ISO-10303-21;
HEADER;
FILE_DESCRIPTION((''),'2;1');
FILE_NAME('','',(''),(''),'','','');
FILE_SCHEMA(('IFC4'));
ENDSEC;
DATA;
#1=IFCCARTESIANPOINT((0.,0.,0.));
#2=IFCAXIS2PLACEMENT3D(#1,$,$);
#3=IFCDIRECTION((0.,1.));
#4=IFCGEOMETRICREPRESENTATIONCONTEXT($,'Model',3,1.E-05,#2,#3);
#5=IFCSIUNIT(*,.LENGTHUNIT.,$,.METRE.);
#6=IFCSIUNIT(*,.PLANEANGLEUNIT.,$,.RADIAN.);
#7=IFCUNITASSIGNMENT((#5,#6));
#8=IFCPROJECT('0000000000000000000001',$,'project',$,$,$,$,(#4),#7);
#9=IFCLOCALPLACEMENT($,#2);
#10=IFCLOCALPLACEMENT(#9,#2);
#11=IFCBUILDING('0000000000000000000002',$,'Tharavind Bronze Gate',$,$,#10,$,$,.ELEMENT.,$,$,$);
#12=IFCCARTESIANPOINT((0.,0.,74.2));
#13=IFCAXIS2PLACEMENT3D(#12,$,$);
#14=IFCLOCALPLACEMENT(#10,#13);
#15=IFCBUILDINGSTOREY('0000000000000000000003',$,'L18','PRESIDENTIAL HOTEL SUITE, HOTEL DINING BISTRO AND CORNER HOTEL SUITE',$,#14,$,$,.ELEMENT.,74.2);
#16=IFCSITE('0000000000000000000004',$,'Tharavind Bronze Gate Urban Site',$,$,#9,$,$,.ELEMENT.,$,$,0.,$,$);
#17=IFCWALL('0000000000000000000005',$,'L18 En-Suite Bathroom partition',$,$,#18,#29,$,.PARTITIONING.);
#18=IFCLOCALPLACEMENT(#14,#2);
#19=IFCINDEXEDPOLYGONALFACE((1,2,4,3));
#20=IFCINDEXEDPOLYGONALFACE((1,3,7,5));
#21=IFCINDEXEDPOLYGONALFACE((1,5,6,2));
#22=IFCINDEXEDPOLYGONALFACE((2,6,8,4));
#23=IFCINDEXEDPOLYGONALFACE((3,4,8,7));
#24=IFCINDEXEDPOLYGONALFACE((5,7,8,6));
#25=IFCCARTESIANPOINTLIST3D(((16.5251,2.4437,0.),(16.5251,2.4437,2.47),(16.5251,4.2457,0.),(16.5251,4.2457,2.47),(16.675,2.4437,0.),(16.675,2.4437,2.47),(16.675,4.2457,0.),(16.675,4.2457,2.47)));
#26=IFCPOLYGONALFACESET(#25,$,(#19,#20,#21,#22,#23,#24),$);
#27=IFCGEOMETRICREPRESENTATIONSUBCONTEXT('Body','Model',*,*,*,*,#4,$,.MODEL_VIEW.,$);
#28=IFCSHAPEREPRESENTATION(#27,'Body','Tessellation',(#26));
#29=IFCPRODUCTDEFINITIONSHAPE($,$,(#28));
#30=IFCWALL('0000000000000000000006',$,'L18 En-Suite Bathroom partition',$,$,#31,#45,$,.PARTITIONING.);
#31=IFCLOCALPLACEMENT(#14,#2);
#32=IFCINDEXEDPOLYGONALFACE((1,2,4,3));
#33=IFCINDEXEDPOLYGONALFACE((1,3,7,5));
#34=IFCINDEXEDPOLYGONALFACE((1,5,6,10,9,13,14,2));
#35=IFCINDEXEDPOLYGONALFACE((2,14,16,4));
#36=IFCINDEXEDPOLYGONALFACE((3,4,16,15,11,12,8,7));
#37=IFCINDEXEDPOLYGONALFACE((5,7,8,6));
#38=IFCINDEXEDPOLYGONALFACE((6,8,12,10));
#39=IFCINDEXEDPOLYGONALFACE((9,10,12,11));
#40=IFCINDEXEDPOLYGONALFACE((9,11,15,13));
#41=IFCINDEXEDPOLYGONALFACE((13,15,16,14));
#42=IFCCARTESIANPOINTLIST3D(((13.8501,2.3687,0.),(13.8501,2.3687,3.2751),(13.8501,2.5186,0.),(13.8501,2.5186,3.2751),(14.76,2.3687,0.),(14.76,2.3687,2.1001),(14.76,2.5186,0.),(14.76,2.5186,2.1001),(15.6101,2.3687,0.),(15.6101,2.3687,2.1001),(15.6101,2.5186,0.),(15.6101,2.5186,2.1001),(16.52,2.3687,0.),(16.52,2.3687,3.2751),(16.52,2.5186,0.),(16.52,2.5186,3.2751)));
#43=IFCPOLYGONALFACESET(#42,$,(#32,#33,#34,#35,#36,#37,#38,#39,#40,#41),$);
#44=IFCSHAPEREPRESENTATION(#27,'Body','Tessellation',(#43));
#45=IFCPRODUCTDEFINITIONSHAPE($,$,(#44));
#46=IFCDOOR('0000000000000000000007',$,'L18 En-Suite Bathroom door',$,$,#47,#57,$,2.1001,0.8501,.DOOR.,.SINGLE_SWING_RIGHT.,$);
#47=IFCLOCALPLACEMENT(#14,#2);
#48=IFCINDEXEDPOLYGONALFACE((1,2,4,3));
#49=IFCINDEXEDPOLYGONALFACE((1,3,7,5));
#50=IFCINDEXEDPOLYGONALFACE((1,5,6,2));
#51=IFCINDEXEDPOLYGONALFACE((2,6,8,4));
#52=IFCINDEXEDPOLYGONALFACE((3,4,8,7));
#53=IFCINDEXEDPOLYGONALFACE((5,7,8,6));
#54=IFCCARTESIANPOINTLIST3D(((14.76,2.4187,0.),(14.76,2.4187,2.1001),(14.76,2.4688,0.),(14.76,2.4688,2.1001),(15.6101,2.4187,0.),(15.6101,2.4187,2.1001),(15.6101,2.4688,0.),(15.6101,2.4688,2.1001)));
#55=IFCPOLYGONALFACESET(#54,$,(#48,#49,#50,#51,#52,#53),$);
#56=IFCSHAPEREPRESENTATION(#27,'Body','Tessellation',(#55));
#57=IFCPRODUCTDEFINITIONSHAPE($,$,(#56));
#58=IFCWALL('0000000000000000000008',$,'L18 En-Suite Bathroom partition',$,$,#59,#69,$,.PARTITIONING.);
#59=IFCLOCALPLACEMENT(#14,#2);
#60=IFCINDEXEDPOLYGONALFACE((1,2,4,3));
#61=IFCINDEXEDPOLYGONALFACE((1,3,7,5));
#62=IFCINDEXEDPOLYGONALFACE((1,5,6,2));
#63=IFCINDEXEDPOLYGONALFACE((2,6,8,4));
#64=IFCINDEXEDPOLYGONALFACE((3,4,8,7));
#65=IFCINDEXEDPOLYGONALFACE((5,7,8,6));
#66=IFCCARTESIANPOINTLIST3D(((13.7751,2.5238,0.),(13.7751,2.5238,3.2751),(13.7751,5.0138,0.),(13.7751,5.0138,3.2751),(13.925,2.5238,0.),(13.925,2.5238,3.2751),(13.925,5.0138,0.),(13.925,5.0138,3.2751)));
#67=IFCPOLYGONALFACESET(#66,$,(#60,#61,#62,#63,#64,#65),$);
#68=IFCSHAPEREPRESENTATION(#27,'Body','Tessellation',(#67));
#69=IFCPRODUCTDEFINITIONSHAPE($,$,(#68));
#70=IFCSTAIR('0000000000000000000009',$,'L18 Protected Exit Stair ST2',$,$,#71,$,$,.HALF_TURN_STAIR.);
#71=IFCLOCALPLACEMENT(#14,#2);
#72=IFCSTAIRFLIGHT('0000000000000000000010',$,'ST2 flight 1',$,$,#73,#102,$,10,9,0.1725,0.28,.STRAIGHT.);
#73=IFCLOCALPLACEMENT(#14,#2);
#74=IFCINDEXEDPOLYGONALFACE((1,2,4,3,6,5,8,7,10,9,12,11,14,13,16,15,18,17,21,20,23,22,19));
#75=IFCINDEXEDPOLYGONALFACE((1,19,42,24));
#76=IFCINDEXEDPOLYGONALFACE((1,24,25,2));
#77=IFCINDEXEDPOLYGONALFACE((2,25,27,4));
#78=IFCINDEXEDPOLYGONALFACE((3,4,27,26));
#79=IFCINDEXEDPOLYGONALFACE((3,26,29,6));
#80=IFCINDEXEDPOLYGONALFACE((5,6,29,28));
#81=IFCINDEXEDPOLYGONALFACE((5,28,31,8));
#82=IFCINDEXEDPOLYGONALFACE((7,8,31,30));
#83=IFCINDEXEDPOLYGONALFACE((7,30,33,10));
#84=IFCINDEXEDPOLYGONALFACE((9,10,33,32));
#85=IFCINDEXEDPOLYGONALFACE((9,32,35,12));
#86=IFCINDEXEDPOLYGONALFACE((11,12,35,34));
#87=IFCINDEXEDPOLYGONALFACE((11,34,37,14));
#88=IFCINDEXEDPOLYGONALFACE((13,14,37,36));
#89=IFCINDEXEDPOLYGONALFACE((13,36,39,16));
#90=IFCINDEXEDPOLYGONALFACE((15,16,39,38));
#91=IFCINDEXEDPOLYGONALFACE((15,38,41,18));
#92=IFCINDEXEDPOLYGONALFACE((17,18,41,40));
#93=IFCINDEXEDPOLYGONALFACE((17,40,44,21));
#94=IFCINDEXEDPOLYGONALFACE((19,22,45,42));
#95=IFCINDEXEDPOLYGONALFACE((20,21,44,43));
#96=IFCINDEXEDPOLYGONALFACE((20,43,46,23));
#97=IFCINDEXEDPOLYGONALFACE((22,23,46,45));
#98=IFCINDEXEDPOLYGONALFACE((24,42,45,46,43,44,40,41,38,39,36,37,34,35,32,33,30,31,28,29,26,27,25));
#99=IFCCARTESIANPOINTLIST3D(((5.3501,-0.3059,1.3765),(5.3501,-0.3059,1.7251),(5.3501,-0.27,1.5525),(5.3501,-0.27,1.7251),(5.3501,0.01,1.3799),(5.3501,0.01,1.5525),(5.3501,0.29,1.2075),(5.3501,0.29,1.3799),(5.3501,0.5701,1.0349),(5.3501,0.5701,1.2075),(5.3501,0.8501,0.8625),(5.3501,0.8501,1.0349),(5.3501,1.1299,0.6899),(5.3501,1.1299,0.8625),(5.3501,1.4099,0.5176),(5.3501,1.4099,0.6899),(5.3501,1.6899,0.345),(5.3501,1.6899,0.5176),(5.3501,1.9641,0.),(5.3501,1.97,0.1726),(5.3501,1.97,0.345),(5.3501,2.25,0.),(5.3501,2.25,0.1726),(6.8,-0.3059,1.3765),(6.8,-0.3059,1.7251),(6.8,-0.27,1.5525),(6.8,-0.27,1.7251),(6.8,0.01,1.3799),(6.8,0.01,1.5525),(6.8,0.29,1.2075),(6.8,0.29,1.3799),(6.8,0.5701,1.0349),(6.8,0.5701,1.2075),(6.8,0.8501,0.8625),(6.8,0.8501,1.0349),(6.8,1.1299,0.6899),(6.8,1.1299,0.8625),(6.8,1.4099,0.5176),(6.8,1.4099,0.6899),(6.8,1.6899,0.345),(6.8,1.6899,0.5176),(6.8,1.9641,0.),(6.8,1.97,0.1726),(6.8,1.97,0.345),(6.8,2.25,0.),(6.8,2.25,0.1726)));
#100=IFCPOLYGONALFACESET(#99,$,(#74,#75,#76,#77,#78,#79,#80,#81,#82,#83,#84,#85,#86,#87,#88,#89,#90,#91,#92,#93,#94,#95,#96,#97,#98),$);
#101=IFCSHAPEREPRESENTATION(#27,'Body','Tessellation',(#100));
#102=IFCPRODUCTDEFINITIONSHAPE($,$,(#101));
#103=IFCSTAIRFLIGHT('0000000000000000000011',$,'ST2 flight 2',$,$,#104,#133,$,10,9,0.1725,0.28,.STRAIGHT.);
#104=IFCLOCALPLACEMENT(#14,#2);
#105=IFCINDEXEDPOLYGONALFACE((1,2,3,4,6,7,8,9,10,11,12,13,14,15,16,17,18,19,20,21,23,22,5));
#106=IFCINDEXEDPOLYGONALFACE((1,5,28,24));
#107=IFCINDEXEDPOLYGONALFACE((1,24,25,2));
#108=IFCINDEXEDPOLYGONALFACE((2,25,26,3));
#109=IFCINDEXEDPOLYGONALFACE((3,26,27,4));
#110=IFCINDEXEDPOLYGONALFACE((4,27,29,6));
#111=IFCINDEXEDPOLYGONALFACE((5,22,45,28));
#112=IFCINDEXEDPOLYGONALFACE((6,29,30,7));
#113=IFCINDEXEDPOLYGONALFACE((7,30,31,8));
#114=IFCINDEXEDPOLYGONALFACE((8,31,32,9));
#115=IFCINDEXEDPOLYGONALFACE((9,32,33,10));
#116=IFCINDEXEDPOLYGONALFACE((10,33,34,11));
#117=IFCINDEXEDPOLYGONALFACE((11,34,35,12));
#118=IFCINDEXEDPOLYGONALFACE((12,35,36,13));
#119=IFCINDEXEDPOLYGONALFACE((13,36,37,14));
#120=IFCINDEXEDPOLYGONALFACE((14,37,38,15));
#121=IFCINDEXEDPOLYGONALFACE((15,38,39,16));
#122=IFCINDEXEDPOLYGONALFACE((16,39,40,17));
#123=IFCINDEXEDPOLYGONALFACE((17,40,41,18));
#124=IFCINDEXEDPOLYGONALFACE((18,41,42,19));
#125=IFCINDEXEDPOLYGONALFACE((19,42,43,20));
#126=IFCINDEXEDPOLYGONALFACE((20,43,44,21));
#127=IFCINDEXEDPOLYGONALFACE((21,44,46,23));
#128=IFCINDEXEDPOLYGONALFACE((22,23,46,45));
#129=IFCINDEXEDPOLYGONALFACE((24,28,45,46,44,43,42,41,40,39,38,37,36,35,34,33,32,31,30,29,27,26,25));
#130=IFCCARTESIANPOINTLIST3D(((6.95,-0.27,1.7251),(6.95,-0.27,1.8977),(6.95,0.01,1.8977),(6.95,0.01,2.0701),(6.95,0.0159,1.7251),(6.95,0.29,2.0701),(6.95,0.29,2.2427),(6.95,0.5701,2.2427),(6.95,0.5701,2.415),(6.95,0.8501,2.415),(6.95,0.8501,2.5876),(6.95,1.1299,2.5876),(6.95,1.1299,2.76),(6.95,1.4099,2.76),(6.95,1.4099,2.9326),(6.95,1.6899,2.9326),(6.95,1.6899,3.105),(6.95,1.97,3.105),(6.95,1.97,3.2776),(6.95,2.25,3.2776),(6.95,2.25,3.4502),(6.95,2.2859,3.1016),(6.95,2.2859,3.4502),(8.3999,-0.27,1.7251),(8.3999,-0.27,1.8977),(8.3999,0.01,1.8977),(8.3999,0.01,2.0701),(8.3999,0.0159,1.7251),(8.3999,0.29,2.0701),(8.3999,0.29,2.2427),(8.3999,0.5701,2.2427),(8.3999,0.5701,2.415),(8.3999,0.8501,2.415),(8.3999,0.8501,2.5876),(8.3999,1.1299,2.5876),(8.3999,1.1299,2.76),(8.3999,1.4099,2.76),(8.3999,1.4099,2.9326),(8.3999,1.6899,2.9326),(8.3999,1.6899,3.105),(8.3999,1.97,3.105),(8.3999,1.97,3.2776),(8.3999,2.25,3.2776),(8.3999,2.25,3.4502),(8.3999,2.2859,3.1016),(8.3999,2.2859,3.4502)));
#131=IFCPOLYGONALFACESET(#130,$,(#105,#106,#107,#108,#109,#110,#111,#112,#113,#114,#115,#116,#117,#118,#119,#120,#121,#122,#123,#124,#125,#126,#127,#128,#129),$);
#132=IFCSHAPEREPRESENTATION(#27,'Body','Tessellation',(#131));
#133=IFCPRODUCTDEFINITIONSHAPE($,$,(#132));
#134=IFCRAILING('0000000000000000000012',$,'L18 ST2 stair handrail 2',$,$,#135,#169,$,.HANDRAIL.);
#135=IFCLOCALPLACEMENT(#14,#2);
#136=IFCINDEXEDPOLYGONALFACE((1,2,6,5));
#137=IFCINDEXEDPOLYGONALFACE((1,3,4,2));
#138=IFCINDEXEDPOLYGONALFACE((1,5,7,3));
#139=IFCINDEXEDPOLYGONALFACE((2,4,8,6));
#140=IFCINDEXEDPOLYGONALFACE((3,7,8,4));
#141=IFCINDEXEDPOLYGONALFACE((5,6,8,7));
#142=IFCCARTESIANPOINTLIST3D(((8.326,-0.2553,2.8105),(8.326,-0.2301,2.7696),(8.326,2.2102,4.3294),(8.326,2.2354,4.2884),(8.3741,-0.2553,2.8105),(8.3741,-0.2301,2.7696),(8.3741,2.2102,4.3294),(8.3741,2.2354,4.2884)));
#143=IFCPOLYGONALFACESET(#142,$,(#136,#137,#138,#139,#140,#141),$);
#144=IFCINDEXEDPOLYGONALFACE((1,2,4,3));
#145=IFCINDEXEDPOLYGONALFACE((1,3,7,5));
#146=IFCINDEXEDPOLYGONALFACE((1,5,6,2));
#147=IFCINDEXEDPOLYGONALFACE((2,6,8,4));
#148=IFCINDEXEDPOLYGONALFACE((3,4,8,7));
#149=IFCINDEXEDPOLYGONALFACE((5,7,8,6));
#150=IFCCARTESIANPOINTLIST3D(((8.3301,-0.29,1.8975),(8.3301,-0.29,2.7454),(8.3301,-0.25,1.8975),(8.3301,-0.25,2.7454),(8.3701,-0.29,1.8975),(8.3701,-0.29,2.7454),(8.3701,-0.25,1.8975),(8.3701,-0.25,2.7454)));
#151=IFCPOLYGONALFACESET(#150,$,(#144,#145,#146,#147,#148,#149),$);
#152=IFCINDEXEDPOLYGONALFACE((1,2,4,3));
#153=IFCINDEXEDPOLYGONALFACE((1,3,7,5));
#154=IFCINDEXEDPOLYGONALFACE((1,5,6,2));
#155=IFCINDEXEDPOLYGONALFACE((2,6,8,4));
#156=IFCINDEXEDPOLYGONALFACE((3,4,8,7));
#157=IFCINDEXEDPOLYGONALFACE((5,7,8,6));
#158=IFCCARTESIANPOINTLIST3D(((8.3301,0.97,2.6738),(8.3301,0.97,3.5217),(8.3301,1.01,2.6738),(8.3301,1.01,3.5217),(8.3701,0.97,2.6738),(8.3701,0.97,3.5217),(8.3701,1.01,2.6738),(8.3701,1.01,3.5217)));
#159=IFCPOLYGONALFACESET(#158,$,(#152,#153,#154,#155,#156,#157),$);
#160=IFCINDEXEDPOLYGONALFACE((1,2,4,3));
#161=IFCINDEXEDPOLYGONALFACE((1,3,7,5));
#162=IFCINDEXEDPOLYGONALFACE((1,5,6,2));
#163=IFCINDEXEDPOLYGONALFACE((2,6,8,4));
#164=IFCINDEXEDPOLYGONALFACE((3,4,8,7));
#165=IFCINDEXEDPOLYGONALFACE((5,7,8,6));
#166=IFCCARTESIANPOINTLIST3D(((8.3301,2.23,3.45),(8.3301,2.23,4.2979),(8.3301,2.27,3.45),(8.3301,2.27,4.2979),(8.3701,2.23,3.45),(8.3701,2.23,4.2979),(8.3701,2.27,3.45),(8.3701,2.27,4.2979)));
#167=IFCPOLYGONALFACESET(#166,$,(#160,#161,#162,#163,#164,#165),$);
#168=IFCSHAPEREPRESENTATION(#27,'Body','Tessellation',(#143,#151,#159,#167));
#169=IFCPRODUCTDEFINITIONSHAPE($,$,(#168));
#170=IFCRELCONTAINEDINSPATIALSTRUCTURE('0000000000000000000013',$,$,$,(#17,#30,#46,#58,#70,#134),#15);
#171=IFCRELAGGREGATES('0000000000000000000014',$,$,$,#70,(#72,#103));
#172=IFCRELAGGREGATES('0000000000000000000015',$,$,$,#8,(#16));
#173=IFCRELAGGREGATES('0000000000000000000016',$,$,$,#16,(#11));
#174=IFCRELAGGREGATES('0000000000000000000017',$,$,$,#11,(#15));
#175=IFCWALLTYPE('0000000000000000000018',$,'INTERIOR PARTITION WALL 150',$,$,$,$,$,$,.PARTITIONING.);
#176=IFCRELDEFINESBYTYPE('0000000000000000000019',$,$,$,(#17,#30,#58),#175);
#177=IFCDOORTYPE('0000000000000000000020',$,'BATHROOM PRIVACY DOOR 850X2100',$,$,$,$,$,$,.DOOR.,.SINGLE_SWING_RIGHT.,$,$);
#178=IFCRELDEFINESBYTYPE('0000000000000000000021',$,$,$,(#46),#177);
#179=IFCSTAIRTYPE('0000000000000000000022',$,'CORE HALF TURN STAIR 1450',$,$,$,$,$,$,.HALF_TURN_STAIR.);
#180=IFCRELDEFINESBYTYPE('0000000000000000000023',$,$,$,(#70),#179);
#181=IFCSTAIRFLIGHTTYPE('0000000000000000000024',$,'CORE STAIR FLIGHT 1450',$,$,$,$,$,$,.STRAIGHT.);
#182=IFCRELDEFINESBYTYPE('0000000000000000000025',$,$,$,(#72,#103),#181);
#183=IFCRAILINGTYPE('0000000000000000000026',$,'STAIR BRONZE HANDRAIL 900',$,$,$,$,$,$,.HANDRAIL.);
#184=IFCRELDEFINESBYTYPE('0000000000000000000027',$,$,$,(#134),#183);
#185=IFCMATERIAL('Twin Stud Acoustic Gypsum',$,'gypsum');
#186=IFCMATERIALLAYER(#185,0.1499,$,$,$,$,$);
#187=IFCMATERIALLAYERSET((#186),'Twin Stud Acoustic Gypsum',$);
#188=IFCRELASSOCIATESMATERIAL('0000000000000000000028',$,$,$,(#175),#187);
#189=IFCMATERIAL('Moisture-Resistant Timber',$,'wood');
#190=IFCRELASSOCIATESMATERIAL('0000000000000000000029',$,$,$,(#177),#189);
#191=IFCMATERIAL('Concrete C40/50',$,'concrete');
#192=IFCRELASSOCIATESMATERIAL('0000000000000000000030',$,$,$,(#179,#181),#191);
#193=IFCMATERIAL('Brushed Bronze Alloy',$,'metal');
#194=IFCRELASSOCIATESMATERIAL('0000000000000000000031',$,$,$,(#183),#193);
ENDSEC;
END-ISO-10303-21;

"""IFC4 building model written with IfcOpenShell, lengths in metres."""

from ifc_helpers import new_model, si_unit, direction, frame, frame_2d, origin, origin_2d, place, context, subcontext, project, spatial, polyline, rectangle, outline, extrude, material, layer, layer_set, type_object, element, fill, aggregate, save


model = new_model("IFC4")

# Units and contexts
model_context = context("Model", 3, precision=1e-05, world=origin(), true_north=direction((0.0, 1.0)))
body_context = subcontext(model_context, "Body", "Model", "MODEL_VIEW")
ifc_project = project(units=[si_unit("LENGTHUNIT", "METRE"), si_unit("PLANEANGLEUNIT", "RADIAN")], contexts=[model_context])

# Site, building, storey
site_placement = place(None, origin())
site = spatial("IfcSite", under=ifc_project, at=site_placement, Name="Tharavind Bronze Gate Urban Site", CompositionType="ELEMENT", RefElevation=0.0)
building_placement = place(site_placement, origin())
building = spatial("IfcBuilding", under=site, at=building_placement, Name="Tharavind Bronze Gate", CompositionType="ELEMENT")
storey_placement = place(building_placement, frame((0.0, 0.0, 74.2)))
storey = spatial("IfcBuildingStorey", under=building, at=storey_placement, Name="L18", Description="PRESIDENTIAL HOTEL SUITE, HOTEL DINING BISTRO AND CORNER HOTEL SUITE", CompositionType="ELEMENT", Elevation=74.2)

# Wall
ifc_material_1 = material(Name="Twin Stud Acoustic Gypsum", Category="gypsum")
ifc_layer_1 = layer(ifc_material_1, 0.1499)
ifc_layer_set_1 = layer_set([ifc_layer_1], Name="Twin Stud Acoustic Gypsum")
wall_type_1 = type_object("IfcWallType", Name="INTERIOR PARTITION WALL 150", PredefinedType="PARTITIONING", material=ifc_layer_set_1)
wall_1_placement = place(storey_placement, frame((16.6001, 4.2456, 0.0), z_axis=(0.0, 0.0, 1.0), x_axis=(0.0, -1.0, 0.0)))
element("IfcWall", 1, at=wall_1_placement, inside=storey, type_object=wall_type_1, Name="L18 En-Suite Bathroom partition", PredefinedType="PARTITIONING", context=body_context, shape_type="SweptSolid", body=[
    extrude(rectangle(XDim=1.802, YDim=0.1499, at=frame_2d((0.9009, 0.0))), origin(), (0.0, 0.0, 1.0), 2.47),
])

# Wall, opening, door
wall_2_placement = place(storey_placement, frame((16.52, 2.4436, 0.0), z_axis=(0.0, 0.0, 1.0), x_axis=(-1.0, 0.0, 0.0)))
wall_2 = element("IfcWall", 2, at=wall_2_placement, inside=storey, type_object=wall_type_1, Name="L18 En-Suite Bathroom partition", PredefinedType="PARTITIONING", context=body_context, shape_type="SweptSolid", body=[
    extrude(rectangle(XDim=2.6699, YDim=0.1499, at=frame_2d((1.335, 0.0))), origin(), (0.0, 0.0, 1.0), 3.2751),
])
opening_1_placement = place(wall_2_placement, frame((0.9099, 0.0, 0.0)))
opening_1 = element("IfcOpeningElement", 3, at=opening_1_placement, cuts=wall_2, PredefinedType="OPENING", context=body_context, shape_type="SweptSolid", body=[
    extrude(rectangle(XDim=0.8501, YDim=2.1001, at=frame_2d((0.425, 1.05))), frame((0.0, 0.085, 0.0), z_axis=(0.0, -1.0, 0.0), x_axis=(1.0, 0.0, 0.0)), (0.0, 0.0, 1.0), 0.1699),
])
ifc_material_2 = material(Name="Moisture-Resistant Timber", Category="wood")
door_type_1 = type_object("IfcDoorType", Name="BATHROOM PRIVACY DOOR 850X2100", OperationType="SINGLE_SWING_RIGHT", PredefinedType="DOOR", material=ifc_material_2)
door_1_placement = place(opening_1_placement, origin())
door_1 = element("IfcDoor", 4, at=door_1_placement, inside=storey, type_object=door_type_1, Name="L18 En-Suite Bathroom door", OperationType="SINGLE_SWING_RIGHT", OverallHeight=2.1001, OverallWidth=0.8501, PredefinedType="DOOR", context=body_context, shape_type="SweptSolid", body=[
    extrude(rectangle(XDim=0.8501, YDim=2.1001, at=frame_2d((0.425, 1.05))), frame((0.0, 0.0249, 0.0), z_axis=(0.0, -1.0, 0.0), x_axis=(1.0, 0.0, 0.0)), (0.0, 0.0, 1.0), 0.05),
])
fill(opening_1, door_1)

# Wall
wall_3_placement = place(storey_placement, frame((13.8501, 2.5237, 0.0), z_axis=(0.0, 0.0, 1.0), x_axis=(0.0, 1.0, 0.0)))
element("IfcWall", 5, at=wall_3_placement, inside=storey, type_object=wall_type_1, Name="L18 En-Suite Bathroom partition", PredefinedType="PARTITIONING", context=body_context, shape_type="SweptSolid", body=[
    extrude(rectangle(XDim=2.49, YDim=0.1499, at=frame_2d((1.2451, 0.0))), origin(), (0.0, 0.0, 1.0), 3.2751),
])

# Stair, stair flights
ifc_material_3 = material(Name="Concrete C40/50", Category="concrete")
stair_type = type_object("IfcStairType", Name="CORE HALF TURN STAIR 1450", PredefinedType="HALF_TURN_STAIR", material=ifc_material_3)
stair_placement = place(storey_placement, origin())
stair = element("IfcStair", 6, at=stair_placement, inside=storey, type_object=stair_type, Name="L18 Protected Exit Stair ST2", PredefinedType="HALF_TURN_STAIR")
stair_flight_type = type_object("IfcStairFlightType", Name="CORE STAIR FLIGHT 1450", PredefinedType="STRAIGHT", material=ifc_material_3)
stair_flight_1_placement = place(storey_placement, frame((6.075, 2.25, 0.0), z_axis=(0.0, 0.0, 1.0), x_axis=(0.0, -1.0, 0.0)))
stair_flight_1 = element("IfcStairFlight", 7, at=stair_flight_1_placement, type_object=stair_flight_type, Name="ST2 flight 1", NumberOfRisers=10, NumberOfTreads=9, PredefinedType="STRAIGHT", RiserHeight=0.1725, TreadLength=0.28, context=body_context, shape_type="SweptSolid", body=[
    extrude(outline(polyline([(0.0, 0.0), (0.0, 0.1726), (0.28, 0.1726), (0.28, 0.345), (0.5601, 0.345), (0.5601, 0.5176), (0.8401, 0.5176), (0.8401, 0.6899), (1.1201, 0.6899), (1.1201, 0.8625), (1.3999, 0.8625), (1.3999, 1.0349), (1.6799, 1.0349), (1.6799, 1.2075), (1.96, 1.2075), (1.96, 1.3799), (2.24, 1.3799), (2.24, 1.5525), (2.52, 1.5525), (2.52, 1.7251), (2.5559, 1.7251), (2.5559, 1.3765), (0.2859, 0.0), (0.0, 0.0)])), frame((0.0, 0.7251, 0.0), z_axis=(0.0, -1.0, 0.0), x_axis=(1.0, 0.0, 0.0)), (0.0, 0.0, 1.0), 1.45),
])
stair_flight_2_placement = place(storey_placement, frame((7.675, -0.27, 1.7251), z_axis=(0.0, 0.0, 1.0), x_axis=(0.0, 1.0, 0.0)))
stair_flight_2 = element("IfcStairFlight", 8, at=stair_flight_2_placement, type_object=stair_flight_type, Name="ST2 flight 2", NumberOfRisers=10, NumberOfTreads=9, PredefinedType="STRAIGHT", RiserHeight=0.1725, TreadLength=0.28, context=body_context, shape_type="SweptSolid", body=[
    extrude(outline(polyline([(0.0, 0.0), (0.0, 0.1726), (0.28, 0.1726), (0.28, 0.345), (0.5601, 0.345), (0.5601, 0.5176), (0.8401, 0.5176), (0.8401, 0.6899), (1.1201, 0.6899), (1.1201, 0.8625), (1.3999, 0.8625), (1.3999, 1.0349), (1.6799, 1.0349), (1.6799, 1.2075), (1.96, 1.2075), (1.96, 1.3799), (2.24, 1.3799), (2.24, 1.5525), (2.52, 1.5525), (2.52, 1.7251), (2.5559, 1.7251), (2.5559, 1.3765), (0.2859, 0.0), (0.0, 0.0)])), frame((0.0, 0.7251, 0.0), z_axis=(0.0, -1.0, 0.0), x_axis=(1.0, 0.0, 0.0)), (0.0, 0.0, 1.0), 1.45),
])
aggregate(stair, [stair_flight_1, stair_flight_2])

# Railing
ifc_material_4 = material(Name="Brushed Bronze Alloy", Category="metal")
railing_type_1 = type_object("IfcRailingType", Name="STAIR BRONZE HANDRAIL 900", PredefinedType="HANDRAIL", material=ifc_material_4)
railing_1_placement = place(storey_placement, frame((8.3501, -0.27, 1.8975)))
element("IfcRailing", 9, at=railing_1_placement, inside=storey, type_object=railing_type_1, Name="L18 ST2 stair handrail 2", PredefinedType="HANDRAIL", context=body_context, shape_type="SweptSolid", body=[
    extrude(rectangle(XDim=0.0481, YDim=0.0481, at=origin_2d()), frame((0.0, 0.0273, 0.8926), z_axis=(0.0, 0.8514, 0.524516), x_axis=(-1.0, 0.0, 0.0)), (0.0, 0.0, 1.0), 2.8958),
    extrude(rectangle(XDim=0.04, YDim=0.04, at=origin_2d()), origin(), (0.0, 0.0, 1.0), 0.8479),
    extrude(rectangle(XDim=0.04, YDim=0.04, at=origin_2d()), frame((0.0, 1.26, 0.7764)), (0.0, 0.0, 1.0), 0.8479),
    extrude(rectangle(XDim=0.04, YDim=0.04, at=origin_2d()), frame((0.0, 2.52, 1.5525)), (0.0, 0.0, 1.0), 0.8479),
])

save(model, "model.ifc")
